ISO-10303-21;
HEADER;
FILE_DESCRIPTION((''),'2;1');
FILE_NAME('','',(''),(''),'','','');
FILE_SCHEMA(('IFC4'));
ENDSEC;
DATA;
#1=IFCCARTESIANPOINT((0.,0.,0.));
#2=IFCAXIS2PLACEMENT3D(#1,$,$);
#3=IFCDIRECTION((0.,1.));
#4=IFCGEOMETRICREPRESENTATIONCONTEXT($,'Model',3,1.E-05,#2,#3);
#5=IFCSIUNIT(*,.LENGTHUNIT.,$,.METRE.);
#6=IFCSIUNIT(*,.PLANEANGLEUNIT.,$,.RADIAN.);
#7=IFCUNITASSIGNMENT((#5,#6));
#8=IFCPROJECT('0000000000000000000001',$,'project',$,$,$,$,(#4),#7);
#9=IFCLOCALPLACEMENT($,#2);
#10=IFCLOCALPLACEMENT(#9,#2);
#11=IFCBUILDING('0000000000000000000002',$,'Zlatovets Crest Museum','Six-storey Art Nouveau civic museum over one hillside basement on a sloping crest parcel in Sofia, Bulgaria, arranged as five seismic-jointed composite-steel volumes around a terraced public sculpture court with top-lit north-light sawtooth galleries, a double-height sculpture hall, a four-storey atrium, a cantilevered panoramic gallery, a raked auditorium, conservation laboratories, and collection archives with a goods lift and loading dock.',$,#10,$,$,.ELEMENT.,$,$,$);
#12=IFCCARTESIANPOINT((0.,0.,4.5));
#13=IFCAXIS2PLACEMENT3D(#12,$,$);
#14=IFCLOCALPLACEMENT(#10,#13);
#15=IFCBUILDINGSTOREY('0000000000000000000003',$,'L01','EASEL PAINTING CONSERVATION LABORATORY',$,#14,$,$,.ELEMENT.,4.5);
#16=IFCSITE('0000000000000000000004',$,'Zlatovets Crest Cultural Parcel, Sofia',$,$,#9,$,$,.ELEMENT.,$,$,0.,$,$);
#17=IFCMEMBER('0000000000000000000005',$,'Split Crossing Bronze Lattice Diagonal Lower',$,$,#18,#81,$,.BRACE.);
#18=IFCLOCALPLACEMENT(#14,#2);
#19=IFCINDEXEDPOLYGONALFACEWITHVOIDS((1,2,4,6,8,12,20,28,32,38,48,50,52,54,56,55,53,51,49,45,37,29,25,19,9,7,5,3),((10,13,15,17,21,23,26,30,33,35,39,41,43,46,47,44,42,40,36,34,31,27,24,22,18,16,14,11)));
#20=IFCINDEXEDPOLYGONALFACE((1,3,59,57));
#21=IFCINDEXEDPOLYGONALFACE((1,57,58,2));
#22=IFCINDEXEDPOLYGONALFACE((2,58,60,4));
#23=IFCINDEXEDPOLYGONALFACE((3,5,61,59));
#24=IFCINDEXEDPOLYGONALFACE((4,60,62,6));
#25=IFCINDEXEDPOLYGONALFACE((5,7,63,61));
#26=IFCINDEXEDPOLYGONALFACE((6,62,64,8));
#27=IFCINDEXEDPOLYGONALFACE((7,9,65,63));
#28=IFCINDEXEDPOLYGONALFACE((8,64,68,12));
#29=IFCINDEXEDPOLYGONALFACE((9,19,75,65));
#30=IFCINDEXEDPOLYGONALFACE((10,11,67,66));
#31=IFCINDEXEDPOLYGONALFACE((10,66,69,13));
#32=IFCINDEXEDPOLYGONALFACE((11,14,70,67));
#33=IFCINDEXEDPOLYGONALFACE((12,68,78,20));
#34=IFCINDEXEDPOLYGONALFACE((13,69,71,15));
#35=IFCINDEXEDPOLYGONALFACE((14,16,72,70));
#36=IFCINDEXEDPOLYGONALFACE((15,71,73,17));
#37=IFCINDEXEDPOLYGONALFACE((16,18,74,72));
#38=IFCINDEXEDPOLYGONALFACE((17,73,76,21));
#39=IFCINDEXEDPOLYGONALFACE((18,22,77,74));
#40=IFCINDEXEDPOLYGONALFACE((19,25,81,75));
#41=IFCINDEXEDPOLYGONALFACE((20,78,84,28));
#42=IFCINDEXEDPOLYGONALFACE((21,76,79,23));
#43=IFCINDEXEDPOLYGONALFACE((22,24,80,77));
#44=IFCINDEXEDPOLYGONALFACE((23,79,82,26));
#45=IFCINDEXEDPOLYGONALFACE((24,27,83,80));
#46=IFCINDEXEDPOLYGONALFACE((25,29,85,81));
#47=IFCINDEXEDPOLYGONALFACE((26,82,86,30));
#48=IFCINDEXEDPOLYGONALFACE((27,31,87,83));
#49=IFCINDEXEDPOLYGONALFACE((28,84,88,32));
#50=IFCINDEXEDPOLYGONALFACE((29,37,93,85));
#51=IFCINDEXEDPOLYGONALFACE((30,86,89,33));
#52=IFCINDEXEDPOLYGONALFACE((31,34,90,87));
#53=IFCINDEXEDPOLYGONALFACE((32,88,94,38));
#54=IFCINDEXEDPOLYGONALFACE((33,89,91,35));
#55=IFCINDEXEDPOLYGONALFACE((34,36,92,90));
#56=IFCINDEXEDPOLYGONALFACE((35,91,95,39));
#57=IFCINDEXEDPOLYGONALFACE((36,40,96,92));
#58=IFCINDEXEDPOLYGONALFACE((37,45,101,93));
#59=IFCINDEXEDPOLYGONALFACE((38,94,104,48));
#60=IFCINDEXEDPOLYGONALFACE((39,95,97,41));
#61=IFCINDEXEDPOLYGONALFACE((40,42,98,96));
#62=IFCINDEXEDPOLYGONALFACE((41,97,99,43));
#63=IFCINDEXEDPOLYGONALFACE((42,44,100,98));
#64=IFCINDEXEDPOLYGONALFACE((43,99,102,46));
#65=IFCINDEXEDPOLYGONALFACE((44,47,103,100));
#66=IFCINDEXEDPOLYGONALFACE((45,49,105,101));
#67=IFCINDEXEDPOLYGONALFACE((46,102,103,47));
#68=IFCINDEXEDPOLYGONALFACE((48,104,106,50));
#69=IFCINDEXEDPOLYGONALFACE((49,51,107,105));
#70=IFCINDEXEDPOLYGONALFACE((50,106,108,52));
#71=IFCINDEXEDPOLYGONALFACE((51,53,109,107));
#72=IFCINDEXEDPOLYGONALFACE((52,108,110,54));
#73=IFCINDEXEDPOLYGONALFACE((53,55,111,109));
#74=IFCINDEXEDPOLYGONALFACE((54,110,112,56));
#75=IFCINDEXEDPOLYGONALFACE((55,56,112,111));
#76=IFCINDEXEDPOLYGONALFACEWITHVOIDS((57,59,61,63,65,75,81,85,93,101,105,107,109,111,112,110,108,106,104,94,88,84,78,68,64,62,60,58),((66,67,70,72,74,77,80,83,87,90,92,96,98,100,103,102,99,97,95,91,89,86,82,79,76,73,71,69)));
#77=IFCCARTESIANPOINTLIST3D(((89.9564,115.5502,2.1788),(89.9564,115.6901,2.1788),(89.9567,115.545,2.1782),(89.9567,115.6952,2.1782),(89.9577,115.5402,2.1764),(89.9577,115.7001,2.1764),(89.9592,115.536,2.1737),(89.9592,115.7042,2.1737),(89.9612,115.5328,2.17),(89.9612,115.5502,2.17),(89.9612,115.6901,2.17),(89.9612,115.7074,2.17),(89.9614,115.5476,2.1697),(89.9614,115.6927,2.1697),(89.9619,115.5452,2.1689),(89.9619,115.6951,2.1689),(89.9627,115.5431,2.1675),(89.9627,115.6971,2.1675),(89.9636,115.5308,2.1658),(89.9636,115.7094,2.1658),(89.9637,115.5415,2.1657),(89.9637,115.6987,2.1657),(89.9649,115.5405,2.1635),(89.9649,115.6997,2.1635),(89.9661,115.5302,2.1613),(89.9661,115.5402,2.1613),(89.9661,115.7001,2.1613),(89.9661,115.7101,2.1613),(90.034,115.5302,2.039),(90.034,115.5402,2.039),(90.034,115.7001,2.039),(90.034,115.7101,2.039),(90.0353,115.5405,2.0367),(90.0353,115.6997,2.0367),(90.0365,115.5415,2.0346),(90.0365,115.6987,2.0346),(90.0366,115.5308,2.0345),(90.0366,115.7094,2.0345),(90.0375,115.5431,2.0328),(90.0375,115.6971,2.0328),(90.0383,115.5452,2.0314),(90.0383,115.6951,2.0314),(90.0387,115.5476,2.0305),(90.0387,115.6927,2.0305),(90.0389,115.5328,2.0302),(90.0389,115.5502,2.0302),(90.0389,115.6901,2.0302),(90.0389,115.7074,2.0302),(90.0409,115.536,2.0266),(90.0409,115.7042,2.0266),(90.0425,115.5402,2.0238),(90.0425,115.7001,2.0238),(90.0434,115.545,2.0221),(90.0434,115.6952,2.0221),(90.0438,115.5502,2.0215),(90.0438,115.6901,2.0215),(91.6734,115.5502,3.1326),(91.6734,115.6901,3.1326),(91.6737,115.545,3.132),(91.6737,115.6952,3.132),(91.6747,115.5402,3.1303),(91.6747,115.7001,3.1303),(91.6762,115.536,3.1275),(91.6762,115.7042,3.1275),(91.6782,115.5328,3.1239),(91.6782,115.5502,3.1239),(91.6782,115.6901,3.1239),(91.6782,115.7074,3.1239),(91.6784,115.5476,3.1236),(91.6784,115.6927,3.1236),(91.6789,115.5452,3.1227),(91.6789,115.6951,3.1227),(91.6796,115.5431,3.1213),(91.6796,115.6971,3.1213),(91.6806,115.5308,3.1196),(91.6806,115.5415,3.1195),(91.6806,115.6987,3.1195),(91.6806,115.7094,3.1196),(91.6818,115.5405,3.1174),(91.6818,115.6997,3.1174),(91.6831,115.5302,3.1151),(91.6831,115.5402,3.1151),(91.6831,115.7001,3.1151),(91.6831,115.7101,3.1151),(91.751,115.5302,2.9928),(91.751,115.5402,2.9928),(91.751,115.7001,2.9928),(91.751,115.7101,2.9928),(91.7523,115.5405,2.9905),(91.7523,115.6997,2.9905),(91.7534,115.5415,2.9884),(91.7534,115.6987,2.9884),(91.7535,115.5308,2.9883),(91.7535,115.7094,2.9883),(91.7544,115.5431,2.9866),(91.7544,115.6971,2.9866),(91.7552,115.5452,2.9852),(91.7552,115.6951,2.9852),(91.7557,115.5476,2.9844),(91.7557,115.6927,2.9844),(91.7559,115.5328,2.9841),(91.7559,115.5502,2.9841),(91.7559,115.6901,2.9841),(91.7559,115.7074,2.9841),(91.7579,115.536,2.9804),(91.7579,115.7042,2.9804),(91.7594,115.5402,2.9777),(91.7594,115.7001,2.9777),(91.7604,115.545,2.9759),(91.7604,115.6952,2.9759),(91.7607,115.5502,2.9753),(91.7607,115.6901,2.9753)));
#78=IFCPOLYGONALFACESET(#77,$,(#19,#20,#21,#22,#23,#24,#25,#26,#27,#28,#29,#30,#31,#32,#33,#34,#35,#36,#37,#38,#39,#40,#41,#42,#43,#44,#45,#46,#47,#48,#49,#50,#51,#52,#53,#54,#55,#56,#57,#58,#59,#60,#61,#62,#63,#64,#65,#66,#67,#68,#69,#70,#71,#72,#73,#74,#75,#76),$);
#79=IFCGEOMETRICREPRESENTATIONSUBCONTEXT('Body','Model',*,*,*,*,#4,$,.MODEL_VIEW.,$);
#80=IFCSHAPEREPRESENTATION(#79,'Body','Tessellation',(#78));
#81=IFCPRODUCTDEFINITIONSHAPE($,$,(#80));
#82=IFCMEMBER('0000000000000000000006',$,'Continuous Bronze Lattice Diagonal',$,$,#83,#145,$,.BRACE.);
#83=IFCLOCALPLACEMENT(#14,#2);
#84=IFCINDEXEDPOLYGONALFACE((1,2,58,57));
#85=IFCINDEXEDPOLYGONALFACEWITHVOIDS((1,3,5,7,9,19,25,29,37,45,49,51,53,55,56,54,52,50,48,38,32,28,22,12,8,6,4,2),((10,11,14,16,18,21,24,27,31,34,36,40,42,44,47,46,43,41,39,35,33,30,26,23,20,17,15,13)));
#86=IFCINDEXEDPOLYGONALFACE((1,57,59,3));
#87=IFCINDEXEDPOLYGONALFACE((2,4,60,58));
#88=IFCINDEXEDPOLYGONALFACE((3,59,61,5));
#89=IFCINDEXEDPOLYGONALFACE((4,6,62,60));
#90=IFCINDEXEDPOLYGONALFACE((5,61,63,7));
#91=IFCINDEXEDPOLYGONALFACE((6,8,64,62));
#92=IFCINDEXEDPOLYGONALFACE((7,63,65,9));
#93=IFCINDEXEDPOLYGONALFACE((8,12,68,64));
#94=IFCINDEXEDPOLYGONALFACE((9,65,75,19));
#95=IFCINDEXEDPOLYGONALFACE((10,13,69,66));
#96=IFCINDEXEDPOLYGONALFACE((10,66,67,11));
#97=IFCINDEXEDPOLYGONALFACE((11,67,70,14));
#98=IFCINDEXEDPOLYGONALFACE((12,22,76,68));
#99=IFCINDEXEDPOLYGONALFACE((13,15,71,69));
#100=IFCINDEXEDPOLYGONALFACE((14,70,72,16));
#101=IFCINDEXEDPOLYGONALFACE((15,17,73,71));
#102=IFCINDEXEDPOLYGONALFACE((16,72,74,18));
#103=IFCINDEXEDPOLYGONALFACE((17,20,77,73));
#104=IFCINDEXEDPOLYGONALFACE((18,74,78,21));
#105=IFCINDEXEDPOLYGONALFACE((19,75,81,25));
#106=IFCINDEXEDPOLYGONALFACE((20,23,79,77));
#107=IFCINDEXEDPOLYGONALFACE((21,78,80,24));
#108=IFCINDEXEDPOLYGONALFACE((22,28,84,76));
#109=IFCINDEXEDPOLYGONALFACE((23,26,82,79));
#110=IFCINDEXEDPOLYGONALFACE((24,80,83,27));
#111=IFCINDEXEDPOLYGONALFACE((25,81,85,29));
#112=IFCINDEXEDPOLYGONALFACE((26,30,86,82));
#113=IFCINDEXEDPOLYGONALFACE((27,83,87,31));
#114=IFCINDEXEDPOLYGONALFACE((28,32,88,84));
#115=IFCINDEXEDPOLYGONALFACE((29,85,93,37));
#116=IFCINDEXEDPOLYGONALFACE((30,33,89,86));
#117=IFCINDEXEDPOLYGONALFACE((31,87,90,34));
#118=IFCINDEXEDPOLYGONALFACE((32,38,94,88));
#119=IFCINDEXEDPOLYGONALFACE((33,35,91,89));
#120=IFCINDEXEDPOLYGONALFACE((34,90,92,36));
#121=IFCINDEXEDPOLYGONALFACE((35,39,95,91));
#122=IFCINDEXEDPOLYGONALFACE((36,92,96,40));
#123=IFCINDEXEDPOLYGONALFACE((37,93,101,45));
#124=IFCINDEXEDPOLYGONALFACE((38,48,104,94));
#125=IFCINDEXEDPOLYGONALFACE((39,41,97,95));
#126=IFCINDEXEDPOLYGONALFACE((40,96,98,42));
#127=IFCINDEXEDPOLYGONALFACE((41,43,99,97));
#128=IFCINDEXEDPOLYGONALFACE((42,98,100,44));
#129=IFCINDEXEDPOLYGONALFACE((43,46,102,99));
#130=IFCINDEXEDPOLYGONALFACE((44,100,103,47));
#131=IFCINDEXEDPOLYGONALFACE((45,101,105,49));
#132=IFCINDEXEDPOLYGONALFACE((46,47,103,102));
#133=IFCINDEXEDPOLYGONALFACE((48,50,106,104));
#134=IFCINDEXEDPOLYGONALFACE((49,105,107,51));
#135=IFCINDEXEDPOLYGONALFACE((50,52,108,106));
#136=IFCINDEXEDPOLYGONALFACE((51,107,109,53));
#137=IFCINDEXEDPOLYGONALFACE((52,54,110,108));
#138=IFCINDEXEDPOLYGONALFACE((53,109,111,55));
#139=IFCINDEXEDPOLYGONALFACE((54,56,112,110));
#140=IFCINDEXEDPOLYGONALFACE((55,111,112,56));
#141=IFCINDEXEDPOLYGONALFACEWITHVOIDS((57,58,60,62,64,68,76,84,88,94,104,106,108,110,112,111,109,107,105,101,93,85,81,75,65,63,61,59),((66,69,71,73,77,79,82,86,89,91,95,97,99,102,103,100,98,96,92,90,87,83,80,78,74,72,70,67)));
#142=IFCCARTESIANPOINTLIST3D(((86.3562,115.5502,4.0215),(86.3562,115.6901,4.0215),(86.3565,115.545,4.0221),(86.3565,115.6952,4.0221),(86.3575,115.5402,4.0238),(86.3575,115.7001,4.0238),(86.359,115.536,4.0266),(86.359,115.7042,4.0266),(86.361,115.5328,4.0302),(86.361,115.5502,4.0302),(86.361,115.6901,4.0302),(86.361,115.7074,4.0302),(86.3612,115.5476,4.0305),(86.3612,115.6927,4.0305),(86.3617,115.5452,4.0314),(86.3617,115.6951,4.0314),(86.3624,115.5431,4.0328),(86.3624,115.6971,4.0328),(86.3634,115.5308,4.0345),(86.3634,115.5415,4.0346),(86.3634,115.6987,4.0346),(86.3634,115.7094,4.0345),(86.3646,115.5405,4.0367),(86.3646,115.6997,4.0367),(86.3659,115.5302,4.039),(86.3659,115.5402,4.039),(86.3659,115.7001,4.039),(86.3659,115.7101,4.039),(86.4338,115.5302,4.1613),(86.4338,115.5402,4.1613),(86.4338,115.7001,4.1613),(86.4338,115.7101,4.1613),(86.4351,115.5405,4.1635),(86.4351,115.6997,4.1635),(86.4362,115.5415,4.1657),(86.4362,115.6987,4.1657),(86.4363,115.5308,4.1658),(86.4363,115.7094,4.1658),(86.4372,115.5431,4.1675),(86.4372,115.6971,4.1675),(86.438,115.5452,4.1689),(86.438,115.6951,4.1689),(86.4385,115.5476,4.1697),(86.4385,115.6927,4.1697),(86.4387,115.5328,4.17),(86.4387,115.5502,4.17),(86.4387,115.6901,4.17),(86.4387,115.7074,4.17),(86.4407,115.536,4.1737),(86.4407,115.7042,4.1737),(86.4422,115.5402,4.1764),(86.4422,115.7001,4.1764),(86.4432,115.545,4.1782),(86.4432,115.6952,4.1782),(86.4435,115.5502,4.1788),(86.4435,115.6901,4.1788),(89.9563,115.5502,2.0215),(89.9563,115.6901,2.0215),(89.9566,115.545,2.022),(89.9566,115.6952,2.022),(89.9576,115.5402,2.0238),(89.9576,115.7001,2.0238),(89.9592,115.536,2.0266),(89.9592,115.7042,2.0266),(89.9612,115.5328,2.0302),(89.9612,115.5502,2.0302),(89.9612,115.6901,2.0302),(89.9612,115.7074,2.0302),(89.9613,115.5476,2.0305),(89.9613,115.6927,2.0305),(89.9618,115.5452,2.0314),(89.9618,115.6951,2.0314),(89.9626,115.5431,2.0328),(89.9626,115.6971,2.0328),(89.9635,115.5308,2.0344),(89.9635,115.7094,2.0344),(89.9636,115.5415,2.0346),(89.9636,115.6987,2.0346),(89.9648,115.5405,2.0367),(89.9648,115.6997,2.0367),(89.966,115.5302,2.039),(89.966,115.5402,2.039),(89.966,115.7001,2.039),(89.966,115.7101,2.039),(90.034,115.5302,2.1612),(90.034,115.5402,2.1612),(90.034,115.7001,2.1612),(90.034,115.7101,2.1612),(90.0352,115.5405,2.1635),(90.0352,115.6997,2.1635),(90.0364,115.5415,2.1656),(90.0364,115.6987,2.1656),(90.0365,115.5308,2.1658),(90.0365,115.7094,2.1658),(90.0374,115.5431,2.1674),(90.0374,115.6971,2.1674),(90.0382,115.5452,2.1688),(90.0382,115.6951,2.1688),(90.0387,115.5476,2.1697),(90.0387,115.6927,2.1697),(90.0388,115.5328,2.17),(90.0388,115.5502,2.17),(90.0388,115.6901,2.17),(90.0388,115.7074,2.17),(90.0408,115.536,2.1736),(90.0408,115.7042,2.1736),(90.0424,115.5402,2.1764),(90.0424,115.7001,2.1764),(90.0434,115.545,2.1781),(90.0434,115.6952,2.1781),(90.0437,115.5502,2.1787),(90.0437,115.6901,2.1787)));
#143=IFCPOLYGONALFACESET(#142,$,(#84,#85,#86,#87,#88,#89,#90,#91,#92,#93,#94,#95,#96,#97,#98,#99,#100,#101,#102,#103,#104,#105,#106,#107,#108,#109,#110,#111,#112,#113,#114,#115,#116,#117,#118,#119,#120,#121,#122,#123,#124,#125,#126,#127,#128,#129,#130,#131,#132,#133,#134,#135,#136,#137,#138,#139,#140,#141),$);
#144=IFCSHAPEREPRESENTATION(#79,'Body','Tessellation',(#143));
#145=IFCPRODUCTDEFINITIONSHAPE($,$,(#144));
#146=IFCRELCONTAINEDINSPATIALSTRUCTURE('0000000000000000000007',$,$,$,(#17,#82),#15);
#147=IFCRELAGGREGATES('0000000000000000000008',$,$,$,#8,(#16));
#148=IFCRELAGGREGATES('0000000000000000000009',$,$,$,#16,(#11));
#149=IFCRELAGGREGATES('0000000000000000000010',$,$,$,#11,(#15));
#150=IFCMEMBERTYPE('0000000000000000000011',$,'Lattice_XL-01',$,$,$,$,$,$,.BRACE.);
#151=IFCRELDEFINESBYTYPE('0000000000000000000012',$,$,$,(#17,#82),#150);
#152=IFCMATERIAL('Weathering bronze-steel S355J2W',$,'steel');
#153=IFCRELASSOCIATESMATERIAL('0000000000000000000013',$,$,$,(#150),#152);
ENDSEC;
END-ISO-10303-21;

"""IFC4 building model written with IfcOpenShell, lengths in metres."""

from ifc_helpers import new_model, si_unit, direction, frame, origin, origin_2d, place, context, subcontext, project, spatial, hollow_rectangle, extrude, material, material_profile, profile_set, type_object, element, save


model = new_model("IFC4")

# Units and contexts
model_context = context("Model", 3, precision=1e-05, world=origin(), true_north=direction((0.0, 1.0)))
body_context = subcontext(model_context, "Body", "Model", "MODEL_VIEW")
ifc_project = project(units=[si_unit("LENGTHUNIT", "METRE"), si_unit("PLANEANGLEUNIT", "RADIAN")], contexts=[model_context])

# Site, building, storey
site_placement = place(None, origin())
site = spatial("IfcSite", under=ifc_project, at=site_placement, Name="Zlatovets Crest Cultural Parcel, Sofia", CompositionType="ELEMENT", RefElevation=0.0)
building_placement = place(site_placement, origin())
building = spatial("IfcBuilding", under=site, at=building_placement, Name="Zlatovets Crest Museum", Description="Six-storey Art Nouveau civic museum over one hillside basement on a sloping crest parcel in Sofia, Bulgaria, arranged as five seismic-jointed composite-steel volumes around a terraced public sculpture court with top-lit north-light sawtooth galleries, a double-height sculpture hall, a four-storey atrium, a cantilevered panoramic gallery, a raked auditorium, conservation laboratories, and collection archives with a goods lift and loading dock.", CompositionType="ELEMENT")
storey_placement = place(building_placement, frame((0.0, 0.0, 4.5)))
storey = spatial("IfcBuildingStorey", under=building, at=storey_placement, Name="L01", Description="EASEL PAINTING CONSERVATION LABORATORY", CompositionType="ELEMENT", Elevation=4.5)

# Members
ifc_material_1 = material(Name="Weathering bronze-steel S355J2W", Category="steel")
ifc_material_profile_1 = material_profile(ifc_material_1, hollow_rectangle(XDim=0.1799, YDim=0.1799, WallThickness=0.01, InnerFilletRadius=0.01, OuterFilletRadius=0.02, at=origin_2d()), Name="SHS 180x180x10.0")
ifc_profile_set_1 = profile_set([ifc_material_profile_1], Name="Weathering bronze-steel S355J2W")
member_type_1 = type_object("IfcMemberType", Name="Lattice_XL-01", PredefinedType="BRACE", material=ifc_profile_set_1)
for number, where, z_axis, x_axis, name in (
    (1, (91.717, 115.6201, 3.054), (-0.874169, 0.0, -0.485622), (0.0, -1.0, 0.0), "Split Crossing Bronze Lattice Diagonal Lower"),
):
    element("IfcMember", number, at=place(storey_placement, frame(where, z_axis=z_axis, x_axis=x_axis)), inside=storey, type_object=member_type_1, Name=name, PredefinedType="BRACE", context=body_context, shape_type="SweptSolid", body=[
        extrude(hollow_rectangle(XDim=0.1799, YDim=0.1799, WallThickness=0.01, InnerFilletRadius=0.01, OuterFilletRadius=0.02, at=origin_2d()), origin(), (0.0, 0.0, 1.0), 1.9641),
    ])
member_1_placement = place(storey_placement, frame((90.0, 115.6201, 2.1001), z_axis=(-0.874163, 0.0, 0.485633), x_axis=(0.0, -1.0, 0.0)))
element("IfcMember", 2, at=member_1_placement, inside=storey, type_object=member_type_1, Name="Continuous Bronze Lattice Diagonal", PredefinedType="BRACE", context=body_context, shape_type="SweptSolid", body=[
    extrude(hollow_rectangle(XDim=0.1799, YDim=0.1799, WallThickness=0.01, InnerFilletRadius=0.01, OuterFilletRadius=0.02, at=origin_2d()), origin(), (0.0, 0.0, 1.0), 4.1184),
])

save(model, "model.ifc")
